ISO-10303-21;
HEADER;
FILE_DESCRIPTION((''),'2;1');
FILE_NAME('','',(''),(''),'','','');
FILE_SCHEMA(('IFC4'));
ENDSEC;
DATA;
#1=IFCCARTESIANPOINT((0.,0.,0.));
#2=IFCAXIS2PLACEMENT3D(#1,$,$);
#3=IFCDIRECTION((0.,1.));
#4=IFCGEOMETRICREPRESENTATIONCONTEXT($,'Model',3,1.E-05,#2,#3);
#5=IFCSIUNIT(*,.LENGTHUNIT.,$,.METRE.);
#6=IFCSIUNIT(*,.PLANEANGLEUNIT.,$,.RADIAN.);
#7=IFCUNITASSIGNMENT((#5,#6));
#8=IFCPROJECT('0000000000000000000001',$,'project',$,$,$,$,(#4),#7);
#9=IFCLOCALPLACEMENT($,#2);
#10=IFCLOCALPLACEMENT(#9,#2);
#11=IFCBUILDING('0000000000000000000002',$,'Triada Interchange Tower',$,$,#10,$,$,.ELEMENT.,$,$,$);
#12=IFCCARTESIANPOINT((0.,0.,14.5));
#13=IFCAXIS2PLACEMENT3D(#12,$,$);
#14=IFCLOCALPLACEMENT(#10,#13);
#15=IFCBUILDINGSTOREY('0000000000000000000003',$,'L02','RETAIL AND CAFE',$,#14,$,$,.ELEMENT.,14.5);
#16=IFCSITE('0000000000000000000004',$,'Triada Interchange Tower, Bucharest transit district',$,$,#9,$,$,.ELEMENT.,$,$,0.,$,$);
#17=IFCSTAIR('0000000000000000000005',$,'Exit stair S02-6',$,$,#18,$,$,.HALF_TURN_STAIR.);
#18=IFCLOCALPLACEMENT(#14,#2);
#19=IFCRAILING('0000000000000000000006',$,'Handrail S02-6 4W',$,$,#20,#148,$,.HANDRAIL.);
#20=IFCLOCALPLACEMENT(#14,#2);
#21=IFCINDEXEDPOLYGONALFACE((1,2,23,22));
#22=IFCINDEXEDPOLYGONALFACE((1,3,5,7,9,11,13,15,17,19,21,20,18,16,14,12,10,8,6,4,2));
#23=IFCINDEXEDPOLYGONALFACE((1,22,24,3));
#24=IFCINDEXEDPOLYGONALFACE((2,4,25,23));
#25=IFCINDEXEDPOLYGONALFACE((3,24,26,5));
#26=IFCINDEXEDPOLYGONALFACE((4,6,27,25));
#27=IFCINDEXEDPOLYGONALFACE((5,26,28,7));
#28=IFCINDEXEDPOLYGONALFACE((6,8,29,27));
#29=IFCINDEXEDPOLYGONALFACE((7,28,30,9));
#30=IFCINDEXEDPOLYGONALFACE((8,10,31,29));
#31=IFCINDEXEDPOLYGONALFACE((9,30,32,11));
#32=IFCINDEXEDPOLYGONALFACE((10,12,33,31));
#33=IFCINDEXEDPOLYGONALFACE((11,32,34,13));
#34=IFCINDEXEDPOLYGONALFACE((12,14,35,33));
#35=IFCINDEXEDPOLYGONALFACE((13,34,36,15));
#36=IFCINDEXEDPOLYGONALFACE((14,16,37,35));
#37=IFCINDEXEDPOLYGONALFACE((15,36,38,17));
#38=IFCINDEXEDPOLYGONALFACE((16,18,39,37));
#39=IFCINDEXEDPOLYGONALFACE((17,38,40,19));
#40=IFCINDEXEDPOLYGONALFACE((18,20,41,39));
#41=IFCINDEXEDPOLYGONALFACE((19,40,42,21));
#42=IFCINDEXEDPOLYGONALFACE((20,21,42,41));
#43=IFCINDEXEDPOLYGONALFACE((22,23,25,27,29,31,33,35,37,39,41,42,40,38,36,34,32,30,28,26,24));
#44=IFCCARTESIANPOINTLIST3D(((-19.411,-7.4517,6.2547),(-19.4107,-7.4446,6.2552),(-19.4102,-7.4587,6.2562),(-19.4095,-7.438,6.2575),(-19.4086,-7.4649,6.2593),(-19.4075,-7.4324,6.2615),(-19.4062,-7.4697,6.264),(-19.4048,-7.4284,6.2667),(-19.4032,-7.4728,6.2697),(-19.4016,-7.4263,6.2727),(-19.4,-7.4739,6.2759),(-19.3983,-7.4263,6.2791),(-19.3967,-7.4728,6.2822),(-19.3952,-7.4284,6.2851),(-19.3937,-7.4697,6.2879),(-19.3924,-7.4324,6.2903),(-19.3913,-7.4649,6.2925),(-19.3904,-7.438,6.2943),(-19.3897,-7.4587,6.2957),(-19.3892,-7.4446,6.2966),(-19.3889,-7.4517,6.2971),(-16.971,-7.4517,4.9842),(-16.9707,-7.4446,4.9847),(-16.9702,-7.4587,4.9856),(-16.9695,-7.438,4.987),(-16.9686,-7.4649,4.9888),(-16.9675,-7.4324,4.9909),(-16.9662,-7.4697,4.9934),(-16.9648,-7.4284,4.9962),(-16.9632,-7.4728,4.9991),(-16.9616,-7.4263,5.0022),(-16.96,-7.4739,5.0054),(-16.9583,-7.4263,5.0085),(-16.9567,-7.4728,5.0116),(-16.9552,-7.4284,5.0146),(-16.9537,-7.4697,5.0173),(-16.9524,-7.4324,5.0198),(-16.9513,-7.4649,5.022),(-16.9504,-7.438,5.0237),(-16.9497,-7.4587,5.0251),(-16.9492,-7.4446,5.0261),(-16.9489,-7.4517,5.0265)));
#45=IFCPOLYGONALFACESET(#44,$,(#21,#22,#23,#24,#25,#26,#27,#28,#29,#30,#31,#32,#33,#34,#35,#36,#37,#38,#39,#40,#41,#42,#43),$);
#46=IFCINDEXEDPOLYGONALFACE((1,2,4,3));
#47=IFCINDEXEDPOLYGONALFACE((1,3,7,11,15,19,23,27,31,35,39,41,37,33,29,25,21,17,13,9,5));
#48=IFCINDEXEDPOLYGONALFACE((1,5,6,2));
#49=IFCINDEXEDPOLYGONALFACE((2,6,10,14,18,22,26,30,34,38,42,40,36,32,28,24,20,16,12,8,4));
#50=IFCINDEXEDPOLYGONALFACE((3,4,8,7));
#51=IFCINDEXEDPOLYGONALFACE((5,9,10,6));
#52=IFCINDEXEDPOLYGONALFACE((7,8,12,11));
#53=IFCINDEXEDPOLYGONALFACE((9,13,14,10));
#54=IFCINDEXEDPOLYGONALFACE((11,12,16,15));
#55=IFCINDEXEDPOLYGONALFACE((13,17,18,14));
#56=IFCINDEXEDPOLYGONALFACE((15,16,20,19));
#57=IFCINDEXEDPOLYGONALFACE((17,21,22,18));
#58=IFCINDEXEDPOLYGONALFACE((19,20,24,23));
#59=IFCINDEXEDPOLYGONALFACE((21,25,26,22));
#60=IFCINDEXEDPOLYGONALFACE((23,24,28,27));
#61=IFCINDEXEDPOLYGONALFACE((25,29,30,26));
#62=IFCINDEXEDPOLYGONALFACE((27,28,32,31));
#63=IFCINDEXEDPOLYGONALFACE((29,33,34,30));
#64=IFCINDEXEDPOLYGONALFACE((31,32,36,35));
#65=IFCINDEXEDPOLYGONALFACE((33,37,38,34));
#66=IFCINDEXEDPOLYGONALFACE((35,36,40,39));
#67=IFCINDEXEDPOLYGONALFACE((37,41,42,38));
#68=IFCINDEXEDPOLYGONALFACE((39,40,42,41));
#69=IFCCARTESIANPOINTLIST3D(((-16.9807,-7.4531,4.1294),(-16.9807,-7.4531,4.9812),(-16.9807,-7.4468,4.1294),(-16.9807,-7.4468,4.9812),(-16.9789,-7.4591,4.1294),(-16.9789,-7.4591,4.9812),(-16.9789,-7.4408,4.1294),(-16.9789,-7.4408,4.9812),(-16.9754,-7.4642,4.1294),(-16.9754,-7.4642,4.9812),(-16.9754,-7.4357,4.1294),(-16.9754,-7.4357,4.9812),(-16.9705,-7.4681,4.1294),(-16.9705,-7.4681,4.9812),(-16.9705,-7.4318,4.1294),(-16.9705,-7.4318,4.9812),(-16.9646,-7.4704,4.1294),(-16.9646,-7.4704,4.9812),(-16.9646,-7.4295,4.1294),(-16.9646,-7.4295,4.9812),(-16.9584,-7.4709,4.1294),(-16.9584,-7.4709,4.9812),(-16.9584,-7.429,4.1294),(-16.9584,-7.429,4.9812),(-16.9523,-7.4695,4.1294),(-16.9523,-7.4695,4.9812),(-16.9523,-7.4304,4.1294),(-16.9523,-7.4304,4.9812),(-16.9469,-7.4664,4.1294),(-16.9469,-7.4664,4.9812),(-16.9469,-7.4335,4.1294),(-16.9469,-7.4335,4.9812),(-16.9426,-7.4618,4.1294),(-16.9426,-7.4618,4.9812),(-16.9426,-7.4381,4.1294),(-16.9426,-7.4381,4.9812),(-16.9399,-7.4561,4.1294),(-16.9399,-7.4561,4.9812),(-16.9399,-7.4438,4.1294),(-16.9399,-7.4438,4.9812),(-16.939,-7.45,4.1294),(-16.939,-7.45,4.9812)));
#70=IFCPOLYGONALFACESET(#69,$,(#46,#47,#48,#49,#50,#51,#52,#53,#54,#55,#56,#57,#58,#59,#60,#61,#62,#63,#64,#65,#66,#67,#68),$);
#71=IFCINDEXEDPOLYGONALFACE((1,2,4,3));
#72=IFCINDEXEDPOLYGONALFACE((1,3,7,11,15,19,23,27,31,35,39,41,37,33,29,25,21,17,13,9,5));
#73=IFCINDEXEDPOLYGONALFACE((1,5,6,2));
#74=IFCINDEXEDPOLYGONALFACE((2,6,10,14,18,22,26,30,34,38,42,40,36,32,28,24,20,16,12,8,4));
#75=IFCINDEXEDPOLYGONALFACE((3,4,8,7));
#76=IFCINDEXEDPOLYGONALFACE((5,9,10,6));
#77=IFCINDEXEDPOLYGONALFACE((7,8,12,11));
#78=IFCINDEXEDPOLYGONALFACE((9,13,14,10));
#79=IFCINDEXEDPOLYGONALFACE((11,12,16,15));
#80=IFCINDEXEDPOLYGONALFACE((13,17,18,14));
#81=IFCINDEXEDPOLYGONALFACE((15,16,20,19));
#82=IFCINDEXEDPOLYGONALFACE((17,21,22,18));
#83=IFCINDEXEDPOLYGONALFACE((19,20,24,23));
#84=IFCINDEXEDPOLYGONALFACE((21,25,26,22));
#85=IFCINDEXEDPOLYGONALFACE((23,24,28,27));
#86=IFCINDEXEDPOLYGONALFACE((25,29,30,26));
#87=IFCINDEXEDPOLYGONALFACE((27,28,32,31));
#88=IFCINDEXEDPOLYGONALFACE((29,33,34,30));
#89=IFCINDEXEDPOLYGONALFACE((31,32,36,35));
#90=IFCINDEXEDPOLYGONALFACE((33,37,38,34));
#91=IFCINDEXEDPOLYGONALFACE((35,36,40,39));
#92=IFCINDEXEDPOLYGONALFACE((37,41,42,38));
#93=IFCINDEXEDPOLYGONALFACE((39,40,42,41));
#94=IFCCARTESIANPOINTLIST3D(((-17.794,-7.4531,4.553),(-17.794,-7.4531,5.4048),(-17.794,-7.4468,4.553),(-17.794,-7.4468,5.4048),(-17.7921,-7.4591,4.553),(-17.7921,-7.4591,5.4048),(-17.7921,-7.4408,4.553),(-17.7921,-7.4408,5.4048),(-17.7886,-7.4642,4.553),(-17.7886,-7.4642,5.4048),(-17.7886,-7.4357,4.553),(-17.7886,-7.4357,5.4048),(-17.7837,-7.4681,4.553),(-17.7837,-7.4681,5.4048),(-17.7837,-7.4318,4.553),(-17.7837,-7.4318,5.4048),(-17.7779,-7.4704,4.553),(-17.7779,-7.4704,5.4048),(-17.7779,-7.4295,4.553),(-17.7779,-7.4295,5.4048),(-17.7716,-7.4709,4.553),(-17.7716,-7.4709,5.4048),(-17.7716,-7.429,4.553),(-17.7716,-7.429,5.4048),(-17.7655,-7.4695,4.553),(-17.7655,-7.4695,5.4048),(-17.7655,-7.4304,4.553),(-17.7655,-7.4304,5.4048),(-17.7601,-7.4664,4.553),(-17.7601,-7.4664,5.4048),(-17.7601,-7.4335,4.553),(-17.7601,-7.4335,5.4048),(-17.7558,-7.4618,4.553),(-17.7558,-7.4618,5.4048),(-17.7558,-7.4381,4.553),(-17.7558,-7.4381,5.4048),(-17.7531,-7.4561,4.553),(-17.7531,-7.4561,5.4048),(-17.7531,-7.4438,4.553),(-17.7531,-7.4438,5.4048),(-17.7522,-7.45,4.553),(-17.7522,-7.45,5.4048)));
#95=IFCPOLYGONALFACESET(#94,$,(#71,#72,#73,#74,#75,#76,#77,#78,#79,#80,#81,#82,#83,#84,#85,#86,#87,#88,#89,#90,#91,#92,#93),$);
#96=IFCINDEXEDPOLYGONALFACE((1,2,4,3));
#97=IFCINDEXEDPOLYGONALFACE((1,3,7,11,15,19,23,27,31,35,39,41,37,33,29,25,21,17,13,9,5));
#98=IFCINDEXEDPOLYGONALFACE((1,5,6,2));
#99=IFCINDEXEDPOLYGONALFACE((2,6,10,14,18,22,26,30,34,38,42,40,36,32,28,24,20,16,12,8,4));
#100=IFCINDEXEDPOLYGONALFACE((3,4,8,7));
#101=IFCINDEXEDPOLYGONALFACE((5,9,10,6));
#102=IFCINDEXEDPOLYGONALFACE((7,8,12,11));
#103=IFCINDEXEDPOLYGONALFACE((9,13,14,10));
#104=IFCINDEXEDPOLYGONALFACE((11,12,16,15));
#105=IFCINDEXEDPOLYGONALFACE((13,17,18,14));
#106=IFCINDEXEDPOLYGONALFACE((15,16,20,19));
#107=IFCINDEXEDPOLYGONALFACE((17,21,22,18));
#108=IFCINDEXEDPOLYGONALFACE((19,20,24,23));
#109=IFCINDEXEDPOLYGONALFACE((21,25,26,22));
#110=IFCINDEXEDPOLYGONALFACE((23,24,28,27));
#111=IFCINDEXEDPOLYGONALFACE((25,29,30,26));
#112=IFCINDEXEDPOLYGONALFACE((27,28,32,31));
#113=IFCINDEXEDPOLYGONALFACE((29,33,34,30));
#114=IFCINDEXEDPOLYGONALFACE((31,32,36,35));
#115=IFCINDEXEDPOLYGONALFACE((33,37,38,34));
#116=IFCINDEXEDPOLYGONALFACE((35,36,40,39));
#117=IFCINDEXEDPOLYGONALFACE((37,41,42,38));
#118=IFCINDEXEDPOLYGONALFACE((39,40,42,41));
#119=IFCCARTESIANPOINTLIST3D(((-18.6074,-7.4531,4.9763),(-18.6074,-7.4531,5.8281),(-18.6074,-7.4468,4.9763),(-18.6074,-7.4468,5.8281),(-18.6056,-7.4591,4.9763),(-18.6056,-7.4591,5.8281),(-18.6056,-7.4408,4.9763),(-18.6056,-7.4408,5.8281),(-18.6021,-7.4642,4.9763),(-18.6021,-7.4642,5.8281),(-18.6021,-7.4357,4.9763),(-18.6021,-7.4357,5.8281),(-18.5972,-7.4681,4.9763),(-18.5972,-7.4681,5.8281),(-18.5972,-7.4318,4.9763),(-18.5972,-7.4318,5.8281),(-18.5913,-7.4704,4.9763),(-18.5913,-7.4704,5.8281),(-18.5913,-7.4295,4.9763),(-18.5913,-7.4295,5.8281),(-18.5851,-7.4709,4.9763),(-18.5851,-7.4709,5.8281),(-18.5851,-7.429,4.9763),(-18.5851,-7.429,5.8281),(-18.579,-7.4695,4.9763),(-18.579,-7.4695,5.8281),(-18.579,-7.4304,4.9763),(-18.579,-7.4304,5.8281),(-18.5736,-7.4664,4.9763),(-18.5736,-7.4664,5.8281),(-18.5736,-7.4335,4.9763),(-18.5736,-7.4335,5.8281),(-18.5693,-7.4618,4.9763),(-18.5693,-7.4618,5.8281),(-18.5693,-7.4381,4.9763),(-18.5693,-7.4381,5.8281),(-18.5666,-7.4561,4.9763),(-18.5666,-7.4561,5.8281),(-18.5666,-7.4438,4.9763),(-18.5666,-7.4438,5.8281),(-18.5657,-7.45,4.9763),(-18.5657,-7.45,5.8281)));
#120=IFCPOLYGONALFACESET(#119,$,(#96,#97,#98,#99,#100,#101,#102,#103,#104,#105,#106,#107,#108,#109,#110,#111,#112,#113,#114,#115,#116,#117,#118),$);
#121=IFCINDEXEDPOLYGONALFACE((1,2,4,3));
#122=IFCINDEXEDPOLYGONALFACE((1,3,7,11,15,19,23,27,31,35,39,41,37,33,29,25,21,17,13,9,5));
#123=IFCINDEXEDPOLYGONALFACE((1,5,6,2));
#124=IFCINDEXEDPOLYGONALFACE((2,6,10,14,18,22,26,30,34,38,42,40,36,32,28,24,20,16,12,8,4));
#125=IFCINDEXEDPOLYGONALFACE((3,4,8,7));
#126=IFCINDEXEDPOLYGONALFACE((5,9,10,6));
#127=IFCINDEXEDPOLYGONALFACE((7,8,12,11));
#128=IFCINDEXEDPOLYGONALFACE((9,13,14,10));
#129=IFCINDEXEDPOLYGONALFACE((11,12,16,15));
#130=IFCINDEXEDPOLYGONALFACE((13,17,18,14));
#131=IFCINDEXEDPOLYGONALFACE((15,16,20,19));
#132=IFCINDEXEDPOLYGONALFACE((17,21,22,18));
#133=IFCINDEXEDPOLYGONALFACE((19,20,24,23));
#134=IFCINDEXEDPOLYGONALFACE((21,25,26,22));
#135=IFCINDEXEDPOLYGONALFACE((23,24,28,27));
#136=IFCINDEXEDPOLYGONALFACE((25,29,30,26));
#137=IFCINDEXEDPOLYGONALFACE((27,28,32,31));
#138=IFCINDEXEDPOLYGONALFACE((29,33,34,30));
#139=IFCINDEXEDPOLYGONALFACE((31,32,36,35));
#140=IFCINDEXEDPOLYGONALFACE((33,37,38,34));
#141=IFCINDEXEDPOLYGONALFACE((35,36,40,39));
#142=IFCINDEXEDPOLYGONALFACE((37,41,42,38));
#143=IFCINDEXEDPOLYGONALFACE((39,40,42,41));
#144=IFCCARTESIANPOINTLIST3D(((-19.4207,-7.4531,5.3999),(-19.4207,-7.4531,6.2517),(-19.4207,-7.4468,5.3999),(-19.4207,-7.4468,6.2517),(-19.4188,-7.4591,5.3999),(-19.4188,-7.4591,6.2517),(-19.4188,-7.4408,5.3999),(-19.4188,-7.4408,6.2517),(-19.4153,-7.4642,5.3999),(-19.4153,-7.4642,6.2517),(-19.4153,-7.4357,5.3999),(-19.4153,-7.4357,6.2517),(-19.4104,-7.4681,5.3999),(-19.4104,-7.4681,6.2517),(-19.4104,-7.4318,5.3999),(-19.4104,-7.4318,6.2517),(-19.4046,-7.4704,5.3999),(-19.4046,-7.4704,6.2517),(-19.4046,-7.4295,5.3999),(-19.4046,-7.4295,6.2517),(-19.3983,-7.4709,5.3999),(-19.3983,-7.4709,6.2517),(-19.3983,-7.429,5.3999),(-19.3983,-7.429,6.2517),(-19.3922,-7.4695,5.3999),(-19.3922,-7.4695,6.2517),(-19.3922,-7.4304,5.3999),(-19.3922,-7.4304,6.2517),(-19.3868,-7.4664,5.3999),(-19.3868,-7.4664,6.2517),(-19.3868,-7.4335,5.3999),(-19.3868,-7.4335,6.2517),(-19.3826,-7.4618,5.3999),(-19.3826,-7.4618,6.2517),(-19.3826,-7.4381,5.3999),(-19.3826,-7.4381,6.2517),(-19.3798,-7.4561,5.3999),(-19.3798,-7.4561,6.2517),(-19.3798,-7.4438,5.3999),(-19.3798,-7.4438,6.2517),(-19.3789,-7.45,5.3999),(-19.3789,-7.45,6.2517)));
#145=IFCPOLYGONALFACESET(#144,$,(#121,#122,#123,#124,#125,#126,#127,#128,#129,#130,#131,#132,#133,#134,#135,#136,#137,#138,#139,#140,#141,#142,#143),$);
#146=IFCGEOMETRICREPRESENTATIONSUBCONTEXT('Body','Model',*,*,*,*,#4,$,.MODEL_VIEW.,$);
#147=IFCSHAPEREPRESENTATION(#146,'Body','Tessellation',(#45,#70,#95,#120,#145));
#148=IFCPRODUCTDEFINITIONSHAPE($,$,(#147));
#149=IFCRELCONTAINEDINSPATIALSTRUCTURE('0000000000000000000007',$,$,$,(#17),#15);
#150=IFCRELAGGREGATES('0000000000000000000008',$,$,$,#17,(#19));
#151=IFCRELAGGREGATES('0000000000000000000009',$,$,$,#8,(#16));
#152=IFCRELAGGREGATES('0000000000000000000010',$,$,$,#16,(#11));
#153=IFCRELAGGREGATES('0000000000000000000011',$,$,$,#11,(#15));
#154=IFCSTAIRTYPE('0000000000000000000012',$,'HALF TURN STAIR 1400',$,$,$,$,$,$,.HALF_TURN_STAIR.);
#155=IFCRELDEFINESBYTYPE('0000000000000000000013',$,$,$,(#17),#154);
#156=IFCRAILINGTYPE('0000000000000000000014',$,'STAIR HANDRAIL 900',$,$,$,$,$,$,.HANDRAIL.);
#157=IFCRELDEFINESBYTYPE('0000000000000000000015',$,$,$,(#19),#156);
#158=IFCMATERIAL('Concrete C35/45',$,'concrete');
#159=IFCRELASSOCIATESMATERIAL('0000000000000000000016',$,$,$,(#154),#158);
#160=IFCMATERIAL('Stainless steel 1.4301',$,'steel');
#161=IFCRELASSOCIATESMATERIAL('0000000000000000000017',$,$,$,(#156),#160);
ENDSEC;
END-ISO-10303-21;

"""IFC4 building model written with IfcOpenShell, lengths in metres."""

from ifc_helpers import new_model, si_unit, direction, frame, origin, origin_2d, place, context, subcontext, project, spatial, circle, extrude, material, type_object, element, aggregate, save


model = new_model("IFC4")

# Units and contexts
model_context = context("Model", 3, precision=1e-05, world=origin(), true_north=direction((0.0, 1.0)))
body_context = subcontext(model_context, "Body", "Model", "MODEL_VIEW")
ifc_project = project(units=[si_unit("LENGTHUNIT", "METRE"), si_unit("PLANEANGLEUNIT", "RADIAN")], contexts=[model_context])

# Site, building, storey
site_placement = place(None, origin())
site = spatial("IfcSite", under=ifc_project, at=site_placement, Name="Triada Interchange Tower, Bucharest transit district", CompositionType="ELEMENT", RefElevation=0.0)
building_placement = place(site_placement, origin())
building = spatial("IfcBuilding", under=site, at=building_placement, Name="Triada Interchange Tower", CompositionType="ELEMENT")
storey_placement = place(building_placement, frame((0.0, 0.0, 14.5)))
storey = spatial("IfcBuildingStorey", under=building, at=storey_placement, Name="L02", Description="RETAIL AND CAFE", CompositionType="ELEMENT", Elevation=14.5)

# Shared definitions
ifc_material_1 = material(Name="Concrete C35/45", Category="concrete")

# Stair, railing
stair_type = type_object("IfcStairType", Name="HALF TURN STAIR 1400", PredefinedType="HALF_TURN_STAIR", material=ifc_material_1)
stair_placement = place(storey_placement, origin())
stair = element("IfcStair", 1, at=stair_placement, inside=storey, type_object=stair_type, Name="Exit stair S02-6", PredefinedType="HALF_TURN_STAIR")
ifc_material_2 = material(Name="Stainless steel 1.4301", Category="steel")
railing_type_1 = type_object("IfcRailingType", Name="STAIR HANDRAIL 900", PredefinedType="HANDRAIL", material=ifc_material_2)
railing_1_placement = place(storey_placement, frame((-16.96, -7.45, 4.1294)))
railing_1 = element("IfcRailing", 2, at=railing_1_placement, type_object=railing_type_1, Name="Handrail S02-6 4W", PredefinedType="HANDRAIL", context=body_context, shape_type="SweptSolid", body=[
    extrude(circle(Radius=0.0239, at=origin_2d()), frame((0.0, 0.0, 0.876), z_axis=(-0.886958, 0.0, 0.46185), x_axis=(0.0, -1.0, 0.0)), (0.0, 0.0, 1.0), 2.751),
    extrude(circle(Radius=0.021, at=origin_2d()), origin(), (0.0, 0.0, 1.0), 0.8518),
    extrude(circle(Radius=0.021, at=origin_2d()), frame((-0.8132, 0.0, 0.4236)), (0.0, 0.0, 1.0), 0.8518),
    extrude(circle(Radius=0.021, at=origin_2d()), frame((-1.6267, 0.0, 0.8469)), (0.0, 0.0, 1.0), 0.8518),
    extrude(circle(Radius=0.021, at=origin_2d()), frame((-2.4399, 0.0, 1.2705)), (0.0, 0.0, 1.0), 0.8518),
])
aggregate(stair, [railing_1])

save(model, "model.ifc")
